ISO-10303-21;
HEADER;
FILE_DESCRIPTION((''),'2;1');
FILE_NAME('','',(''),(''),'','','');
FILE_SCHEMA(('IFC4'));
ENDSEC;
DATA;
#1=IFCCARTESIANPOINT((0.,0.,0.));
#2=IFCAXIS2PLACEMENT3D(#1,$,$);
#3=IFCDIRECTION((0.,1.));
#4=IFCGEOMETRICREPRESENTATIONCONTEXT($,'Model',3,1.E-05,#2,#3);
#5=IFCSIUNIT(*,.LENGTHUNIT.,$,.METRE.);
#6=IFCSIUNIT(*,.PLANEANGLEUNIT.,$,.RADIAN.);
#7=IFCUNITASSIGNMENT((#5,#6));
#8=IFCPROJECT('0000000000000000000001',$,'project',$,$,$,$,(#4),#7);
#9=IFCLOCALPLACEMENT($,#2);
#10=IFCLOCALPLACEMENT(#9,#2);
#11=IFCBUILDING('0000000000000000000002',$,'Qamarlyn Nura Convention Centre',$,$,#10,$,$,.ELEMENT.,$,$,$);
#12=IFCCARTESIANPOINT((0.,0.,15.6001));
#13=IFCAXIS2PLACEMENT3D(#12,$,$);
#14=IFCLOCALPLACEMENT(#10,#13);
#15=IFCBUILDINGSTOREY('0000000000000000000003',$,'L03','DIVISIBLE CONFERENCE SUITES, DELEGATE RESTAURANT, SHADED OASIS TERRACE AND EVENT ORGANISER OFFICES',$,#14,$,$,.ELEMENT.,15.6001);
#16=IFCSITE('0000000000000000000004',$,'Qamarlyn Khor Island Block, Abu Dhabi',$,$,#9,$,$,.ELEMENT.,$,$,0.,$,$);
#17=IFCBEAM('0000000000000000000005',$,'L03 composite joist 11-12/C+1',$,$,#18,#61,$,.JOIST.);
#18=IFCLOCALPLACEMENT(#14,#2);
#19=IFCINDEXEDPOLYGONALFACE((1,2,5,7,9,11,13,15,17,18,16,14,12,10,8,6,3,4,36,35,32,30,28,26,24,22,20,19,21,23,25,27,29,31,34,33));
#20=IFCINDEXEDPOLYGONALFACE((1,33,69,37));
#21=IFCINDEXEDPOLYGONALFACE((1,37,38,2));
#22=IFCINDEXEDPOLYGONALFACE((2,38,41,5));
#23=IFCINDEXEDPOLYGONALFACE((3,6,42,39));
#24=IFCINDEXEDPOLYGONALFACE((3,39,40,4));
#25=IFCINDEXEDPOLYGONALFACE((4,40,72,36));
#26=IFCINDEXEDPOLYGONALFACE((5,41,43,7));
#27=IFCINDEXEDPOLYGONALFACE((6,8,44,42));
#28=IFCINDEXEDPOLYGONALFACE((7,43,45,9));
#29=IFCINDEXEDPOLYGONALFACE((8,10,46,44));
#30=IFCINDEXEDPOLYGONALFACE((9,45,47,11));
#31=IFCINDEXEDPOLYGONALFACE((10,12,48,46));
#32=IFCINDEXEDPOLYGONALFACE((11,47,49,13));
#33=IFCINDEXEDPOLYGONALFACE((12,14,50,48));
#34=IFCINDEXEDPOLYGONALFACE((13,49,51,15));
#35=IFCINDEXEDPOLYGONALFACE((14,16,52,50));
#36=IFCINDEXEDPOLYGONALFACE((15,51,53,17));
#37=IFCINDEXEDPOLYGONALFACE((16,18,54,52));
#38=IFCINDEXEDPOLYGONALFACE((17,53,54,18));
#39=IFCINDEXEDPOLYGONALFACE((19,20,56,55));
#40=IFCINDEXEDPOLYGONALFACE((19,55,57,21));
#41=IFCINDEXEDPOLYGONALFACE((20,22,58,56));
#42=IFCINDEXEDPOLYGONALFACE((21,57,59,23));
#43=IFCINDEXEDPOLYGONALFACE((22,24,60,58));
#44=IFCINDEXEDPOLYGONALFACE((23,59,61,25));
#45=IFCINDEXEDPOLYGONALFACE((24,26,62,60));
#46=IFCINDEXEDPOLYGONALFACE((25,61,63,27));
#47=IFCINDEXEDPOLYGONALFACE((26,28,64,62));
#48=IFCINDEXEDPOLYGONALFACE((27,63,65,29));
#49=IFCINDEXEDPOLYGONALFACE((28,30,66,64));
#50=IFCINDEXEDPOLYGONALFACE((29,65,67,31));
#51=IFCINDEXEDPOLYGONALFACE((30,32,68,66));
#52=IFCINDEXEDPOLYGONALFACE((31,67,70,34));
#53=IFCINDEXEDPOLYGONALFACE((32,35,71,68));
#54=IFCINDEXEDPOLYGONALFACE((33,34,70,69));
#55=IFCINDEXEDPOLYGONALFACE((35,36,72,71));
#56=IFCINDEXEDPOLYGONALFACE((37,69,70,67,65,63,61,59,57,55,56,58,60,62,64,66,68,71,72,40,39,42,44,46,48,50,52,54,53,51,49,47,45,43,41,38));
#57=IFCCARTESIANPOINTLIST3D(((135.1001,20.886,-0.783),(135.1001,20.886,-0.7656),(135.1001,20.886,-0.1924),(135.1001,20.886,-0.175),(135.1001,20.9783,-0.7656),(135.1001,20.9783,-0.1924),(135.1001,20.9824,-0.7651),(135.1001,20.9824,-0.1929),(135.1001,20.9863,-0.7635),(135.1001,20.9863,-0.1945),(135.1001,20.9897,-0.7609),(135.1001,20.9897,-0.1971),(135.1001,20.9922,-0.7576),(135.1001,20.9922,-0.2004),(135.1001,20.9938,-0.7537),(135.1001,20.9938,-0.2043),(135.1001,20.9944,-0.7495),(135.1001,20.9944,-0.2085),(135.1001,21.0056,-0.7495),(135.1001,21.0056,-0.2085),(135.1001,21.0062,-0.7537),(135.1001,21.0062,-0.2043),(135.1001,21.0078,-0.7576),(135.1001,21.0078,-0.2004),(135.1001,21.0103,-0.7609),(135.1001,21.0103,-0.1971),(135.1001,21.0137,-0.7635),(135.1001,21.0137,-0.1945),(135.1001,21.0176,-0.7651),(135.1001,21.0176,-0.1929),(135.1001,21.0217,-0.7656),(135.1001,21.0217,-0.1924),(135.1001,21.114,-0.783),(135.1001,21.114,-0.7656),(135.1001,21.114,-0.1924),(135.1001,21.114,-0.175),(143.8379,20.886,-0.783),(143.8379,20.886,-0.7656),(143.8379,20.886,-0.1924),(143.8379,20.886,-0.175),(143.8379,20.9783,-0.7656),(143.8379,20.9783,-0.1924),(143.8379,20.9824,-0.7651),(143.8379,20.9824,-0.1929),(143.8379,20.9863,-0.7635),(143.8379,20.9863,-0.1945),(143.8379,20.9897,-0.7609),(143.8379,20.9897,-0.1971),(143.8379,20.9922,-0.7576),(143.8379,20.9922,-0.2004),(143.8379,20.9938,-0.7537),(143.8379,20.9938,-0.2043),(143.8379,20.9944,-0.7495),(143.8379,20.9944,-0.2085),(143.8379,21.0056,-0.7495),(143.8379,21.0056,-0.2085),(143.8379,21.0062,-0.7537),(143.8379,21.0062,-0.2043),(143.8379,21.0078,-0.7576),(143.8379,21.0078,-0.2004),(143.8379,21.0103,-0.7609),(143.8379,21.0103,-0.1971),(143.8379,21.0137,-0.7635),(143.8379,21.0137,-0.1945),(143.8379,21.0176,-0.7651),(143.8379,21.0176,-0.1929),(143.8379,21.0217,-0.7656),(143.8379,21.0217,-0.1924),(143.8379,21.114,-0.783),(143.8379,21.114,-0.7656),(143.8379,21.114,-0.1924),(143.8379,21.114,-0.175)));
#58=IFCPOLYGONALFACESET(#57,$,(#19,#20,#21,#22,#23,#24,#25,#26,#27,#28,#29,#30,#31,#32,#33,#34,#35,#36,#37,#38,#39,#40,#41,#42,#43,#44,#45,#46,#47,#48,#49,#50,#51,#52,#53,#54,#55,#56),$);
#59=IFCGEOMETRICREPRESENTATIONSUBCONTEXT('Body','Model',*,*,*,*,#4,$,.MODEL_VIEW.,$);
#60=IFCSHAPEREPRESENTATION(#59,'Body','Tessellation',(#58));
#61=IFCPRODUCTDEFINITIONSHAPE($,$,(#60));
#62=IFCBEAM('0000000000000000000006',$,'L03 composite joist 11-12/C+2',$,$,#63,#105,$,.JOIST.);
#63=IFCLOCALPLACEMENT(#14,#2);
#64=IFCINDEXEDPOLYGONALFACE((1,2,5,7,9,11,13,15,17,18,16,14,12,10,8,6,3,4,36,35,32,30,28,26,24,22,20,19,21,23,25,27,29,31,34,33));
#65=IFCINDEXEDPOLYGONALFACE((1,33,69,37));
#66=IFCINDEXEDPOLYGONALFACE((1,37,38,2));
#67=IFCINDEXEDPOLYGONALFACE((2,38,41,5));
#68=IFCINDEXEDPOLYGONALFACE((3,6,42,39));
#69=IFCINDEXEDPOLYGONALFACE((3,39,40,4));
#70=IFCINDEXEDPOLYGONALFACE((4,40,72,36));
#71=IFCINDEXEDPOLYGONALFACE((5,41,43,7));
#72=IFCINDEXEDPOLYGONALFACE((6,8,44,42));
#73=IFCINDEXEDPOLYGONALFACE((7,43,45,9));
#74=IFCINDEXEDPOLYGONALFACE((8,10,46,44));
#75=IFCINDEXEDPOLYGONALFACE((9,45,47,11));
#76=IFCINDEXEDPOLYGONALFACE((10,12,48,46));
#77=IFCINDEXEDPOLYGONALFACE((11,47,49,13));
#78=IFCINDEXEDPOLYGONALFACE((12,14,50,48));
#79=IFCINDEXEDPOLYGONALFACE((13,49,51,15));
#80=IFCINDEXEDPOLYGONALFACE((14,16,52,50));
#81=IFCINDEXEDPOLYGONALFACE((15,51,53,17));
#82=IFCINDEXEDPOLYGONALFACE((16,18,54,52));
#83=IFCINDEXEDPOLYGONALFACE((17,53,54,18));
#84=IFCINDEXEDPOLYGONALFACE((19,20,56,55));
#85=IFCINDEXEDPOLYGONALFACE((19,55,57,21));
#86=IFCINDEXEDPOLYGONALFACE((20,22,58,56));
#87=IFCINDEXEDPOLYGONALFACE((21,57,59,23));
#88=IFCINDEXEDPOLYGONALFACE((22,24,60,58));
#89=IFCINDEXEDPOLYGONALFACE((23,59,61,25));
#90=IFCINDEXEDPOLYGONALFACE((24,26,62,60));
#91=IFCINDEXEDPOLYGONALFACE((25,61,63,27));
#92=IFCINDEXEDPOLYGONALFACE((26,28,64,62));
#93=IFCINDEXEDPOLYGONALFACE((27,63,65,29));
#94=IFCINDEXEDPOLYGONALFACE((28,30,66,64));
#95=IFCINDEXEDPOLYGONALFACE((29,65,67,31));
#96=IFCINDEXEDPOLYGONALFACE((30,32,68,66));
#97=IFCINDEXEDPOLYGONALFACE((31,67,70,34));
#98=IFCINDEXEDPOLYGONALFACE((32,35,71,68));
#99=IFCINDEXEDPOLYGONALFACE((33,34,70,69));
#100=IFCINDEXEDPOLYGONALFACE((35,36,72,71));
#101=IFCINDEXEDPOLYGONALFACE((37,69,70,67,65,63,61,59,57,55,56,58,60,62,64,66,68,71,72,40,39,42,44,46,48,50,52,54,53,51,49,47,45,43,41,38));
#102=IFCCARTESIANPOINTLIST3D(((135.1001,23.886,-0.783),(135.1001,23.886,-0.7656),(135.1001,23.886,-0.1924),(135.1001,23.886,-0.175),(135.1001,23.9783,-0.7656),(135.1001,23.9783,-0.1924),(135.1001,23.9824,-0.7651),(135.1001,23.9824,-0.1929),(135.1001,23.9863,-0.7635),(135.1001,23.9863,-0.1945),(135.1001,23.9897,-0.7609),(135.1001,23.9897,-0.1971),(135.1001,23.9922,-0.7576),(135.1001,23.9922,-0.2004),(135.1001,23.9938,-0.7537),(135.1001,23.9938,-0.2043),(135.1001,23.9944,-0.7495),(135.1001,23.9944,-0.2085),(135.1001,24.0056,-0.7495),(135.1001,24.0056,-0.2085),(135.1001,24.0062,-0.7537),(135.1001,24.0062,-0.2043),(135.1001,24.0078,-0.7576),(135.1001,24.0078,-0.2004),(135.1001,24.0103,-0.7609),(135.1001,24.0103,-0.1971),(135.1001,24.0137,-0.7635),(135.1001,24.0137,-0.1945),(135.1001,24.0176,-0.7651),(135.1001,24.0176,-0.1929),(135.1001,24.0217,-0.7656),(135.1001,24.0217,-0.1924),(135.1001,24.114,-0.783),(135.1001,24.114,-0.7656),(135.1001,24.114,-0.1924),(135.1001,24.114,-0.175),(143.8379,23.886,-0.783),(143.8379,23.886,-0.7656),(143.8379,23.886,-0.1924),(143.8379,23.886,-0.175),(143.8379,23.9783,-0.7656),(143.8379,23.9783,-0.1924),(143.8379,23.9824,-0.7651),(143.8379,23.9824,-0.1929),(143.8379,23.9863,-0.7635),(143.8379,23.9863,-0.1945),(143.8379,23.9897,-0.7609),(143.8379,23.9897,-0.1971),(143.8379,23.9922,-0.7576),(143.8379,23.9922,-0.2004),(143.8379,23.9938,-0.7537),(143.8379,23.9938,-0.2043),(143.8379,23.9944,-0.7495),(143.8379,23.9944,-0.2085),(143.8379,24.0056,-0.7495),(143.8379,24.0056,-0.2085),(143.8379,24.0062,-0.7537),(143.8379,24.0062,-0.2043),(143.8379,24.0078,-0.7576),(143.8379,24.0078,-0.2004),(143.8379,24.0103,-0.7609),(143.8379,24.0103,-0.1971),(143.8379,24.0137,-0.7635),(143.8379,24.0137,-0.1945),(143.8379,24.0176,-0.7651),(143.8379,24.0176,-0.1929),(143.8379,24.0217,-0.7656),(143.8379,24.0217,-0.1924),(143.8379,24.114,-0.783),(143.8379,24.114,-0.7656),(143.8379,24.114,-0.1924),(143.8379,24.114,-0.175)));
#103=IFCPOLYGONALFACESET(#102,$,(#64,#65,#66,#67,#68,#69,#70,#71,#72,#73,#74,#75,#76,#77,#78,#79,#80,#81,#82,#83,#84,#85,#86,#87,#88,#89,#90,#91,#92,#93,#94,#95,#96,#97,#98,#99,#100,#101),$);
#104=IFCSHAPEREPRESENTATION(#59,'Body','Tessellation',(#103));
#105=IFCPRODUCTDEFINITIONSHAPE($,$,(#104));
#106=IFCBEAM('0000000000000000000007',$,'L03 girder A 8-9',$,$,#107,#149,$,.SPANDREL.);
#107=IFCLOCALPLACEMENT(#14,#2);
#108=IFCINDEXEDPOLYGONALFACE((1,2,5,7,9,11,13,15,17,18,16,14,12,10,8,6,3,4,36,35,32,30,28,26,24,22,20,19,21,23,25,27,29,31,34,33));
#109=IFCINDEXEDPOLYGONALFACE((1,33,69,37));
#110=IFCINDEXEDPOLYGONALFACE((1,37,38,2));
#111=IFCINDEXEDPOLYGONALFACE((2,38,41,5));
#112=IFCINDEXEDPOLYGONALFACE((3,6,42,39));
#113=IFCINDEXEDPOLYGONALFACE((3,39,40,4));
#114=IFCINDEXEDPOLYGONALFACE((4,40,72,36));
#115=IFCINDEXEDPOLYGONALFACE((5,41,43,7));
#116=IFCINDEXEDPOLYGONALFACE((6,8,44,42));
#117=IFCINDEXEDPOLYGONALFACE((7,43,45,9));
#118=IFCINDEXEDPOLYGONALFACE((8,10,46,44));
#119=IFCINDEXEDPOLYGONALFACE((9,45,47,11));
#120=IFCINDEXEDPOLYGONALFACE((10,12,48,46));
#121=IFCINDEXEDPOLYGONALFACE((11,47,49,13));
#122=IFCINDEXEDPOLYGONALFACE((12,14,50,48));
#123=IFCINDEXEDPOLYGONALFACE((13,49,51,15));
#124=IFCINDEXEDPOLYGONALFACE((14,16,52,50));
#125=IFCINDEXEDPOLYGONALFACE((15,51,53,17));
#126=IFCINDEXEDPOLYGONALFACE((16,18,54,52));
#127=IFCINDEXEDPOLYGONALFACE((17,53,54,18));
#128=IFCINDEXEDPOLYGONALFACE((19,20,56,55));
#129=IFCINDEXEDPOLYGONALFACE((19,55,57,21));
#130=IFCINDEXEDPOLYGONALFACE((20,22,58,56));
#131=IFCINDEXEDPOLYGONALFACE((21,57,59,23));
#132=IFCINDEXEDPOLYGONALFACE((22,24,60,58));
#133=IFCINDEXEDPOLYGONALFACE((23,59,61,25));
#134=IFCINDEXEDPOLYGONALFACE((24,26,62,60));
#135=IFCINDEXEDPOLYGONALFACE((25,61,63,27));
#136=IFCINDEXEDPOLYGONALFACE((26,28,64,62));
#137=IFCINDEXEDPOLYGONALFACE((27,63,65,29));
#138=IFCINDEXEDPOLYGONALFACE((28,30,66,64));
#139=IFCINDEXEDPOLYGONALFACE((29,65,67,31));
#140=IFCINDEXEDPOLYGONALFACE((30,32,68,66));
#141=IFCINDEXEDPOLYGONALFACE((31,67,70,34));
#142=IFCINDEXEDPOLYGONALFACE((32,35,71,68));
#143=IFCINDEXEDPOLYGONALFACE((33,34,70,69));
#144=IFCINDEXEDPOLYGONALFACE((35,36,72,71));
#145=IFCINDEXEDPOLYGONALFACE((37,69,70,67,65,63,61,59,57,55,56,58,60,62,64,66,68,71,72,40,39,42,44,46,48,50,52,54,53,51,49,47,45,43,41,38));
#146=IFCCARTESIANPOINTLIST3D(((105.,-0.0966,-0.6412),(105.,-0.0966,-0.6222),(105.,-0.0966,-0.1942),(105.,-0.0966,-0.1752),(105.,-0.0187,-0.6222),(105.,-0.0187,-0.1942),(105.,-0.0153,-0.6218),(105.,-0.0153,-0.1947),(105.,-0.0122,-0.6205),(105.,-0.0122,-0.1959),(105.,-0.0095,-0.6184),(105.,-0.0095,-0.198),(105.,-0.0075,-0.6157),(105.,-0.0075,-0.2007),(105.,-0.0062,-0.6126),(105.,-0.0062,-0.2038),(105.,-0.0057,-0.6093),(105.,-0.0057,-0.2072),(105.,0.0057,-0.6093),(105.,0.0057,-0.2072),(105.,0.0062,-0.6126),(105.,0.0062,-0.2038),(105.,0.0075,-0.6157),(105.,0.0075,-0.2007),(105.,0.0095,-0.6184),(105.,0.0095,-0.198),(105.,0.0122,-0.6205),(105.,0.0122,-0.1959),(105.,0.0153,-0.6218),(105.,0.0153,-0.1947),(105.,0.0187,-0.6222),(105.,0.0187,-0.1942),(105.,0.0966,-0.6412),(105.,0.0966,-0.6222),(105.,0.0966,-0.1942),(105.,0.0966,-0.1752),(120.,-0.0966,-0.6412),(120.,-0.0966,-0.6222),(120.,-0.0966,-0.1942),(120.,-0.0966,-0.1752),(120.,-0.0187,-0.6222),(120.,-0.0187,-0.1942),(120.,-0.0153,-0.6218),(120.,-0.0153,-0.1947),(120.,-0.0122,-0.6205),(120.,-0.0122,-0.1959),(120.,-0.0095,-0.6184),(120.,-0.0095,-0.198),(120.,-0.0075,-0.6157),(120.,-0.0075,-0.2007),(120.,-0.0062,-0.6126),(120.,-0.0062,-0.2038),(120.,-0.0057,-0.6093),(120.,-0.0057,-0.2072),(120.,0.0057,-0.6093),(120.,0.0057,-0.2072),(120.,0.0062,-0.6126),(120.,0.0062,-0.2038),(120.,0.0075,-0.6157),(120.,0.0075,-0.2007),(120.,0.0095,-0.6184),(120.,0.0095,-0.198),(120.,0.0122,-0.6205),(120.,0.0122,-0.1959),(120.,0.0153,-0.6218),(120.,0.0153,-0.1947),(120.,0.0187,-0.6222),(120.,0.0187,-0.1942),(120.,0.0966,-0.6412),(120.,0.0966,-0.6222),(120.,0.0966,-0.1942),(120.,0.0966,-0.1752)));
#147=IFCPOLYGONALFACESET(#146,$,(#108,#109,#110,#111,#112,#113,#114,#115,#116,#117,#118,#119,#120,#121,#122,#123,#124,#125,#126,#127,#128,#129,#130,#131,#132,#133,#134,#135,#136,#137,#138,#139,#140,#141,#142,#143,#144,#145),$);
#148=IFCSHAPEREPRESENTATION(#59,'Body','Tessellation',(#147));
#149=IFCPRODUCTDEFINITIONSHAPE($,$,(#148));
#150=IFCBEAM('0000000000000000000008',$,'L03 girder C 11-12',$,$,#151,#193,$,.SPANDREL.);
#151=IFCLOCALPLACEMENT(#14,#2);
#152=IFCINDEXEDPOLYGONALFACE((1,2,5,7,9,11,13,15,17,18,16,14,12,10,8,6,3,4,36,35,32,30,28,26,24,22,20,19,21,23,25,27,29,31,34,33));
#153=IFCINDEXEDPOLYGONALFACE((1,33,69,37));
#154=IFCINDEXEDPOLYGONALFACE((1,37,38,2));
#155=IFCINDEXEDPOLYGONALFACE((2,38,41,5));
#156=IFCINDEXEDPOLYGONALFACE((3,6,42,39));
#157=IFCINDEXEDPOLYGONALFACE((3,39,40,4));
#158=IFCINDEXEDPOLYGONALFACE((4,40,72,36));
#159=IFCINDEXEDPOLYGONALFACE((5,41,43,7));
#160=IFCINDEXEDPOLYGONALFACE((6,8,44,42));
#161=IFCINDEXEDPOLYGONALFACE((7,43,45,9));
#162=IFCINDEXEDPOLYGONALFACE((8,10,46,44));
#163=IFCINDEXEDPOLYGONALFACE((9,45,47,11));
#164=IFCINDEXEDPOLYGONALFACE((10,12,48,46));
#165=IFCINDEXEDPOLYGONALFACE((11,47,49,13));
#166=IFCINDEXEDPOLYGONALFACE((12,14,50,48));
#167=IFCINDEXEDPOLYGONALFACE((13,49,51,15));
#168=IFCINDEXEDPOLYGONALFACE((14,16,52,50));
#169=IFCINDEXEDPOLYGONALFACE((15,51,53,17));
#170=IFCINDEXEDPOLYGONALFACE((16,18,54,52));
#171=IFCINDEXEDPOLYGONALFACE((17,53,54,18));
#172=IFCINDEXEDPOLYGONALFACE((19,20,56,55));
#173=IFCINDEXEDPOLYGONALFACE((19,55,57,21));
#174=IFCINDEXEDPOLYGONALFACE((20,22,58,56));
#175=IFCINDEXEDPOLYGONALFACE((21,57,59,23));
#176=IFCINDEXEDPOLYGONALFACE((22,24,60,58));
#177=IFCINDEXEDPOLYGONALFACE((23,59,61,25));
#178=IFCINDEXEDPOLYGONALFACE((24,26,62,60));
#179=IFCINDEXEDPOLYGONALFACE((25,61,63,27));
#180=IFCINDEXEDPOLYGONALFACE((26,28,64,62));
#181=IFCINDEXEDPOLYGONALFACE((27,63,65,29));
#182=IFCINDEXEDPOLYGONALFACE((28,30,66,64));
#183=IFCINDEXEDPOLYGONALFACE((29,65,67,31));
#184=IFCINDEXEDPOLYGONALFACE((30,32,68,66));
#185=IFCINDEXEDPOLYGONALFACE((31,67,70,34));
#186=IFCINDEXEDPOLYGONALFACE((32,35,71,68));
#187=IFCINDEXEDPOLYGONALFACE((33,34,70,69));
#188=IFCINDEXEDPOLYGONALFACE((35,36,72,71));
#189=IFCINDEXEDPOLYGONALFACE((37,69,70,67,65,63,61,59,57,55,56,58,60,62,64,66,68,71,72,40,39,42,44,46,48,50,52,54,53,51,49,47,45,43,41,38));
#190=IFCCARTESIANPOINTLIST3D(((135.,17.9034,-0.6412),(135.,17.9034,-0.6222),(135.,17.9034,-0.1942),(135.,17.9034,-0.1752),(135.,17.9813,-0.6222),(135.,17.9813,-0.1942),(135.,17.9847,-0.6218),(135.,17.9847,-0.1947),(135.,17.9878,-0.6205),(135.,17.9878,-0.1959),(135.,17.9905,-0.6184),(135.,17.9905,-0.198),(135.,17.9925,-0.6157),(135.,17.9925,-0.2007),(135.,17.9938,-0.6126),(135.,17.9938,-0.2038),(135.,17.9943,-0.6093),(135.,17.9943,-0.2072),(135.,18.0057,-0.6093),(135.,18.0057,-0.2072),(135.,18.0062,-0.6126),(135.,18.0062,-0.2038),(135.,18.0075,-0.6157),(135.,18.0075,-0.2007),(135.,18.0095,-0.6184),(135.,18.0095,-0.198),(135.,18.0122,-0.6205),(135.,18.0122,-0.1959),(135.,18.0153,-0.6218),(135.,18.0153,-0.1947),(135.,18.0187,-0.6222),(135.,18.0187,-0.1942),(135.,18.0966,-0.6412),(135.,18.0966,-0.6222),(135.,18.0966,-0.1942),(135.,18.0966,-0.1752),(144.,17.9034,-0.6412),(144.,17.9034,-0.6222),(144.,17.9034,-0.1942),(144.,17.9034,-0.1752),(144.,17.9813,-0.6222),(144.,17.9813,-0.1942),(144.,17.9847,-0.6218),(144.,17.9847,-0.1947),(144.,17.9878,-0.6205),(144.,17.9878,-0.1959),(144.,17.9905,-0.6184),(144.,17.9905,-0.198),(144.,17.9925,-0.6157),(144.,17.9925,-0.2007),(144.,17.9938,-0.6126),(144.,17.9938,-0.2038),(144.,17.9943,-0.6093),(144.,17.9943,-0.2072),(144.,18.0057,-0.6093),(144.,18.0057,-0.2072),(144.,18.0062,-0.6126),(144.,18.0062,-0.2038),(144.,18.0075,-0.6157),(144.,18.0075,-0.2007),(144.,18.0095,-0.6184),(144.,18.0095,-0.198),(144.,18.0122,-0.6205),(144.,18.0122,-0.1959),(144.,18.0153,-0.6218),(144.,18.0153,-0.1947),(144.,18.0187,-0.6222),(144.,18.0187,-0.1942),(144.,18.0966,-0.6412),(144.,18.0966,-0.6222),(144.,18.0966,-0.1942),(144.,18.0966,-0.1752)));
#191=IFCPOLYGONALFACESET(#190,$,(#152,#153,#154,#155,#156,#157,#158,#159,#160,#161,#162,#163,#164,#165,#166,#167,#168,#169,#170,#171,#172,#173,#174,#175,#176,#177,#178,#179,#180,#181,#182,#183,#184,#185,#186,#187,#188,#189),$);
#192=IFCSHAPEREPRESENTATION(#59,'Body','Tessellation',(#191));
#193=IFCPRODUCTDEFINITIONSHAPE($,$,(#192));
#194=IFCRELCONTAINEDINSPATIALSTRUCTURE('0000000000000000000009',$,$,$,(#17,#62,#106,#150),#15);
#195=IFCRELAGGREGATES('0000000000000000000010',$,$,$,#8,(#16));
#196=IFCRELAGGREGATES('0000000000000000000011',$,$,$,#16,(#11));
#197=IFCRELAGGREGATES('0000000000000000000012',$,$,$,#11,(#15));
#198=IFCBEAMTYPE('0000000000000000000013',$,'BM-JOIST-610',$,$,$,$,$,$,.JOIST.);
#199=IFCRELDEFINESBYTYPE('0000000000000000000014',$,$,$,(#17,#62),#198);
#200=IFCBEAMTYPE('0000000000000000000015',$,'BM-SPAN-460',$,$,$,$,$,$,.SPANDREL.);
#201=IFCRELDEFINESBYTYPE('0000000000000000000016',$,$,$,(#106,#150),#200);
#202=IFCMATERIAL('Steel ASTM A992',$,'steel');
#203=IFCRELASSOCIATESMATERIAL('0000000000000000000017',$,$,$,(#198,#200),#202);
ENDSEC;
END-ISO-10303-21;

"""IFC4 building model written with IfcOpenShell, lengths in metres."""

from ifc_helpers import new_model, si_unit, direction, frame, origin, origin_2d, place, context, subcontext, project, spatial, i_section, extrude, material, material_profile, profile_set, type_object, element, save


model = new_model("IFC4")

# Units and contexts
model_context = context("Model", 3, precision=1e-05, world=origin(), true_north=direction((0.0, 1.0)))
body_context = subcontext(model_context, "Body", "Model", "MODEL_VIEW")
ifc_project = project(units=[si_unit("LENGTHUNIT", "METRE"), si_unit("PLANEANGLEUNIT", "RADIAN")], contexts=[model_context])

# Site, building, storey
site_placement = place(None, origin())
site = spatial("IfcSite", under=ifc_project, at=site_placement, Name="Qamarlyn Khor Island Block, Abu Dhabi", CompositionType="ELEMENT", RefElevation=0.0)
building_placement = place(site_placement, origin())
building = spatial("IfcBuilding", under=site, at=building_placement, Name="Qamarlyn Nura Convention Centre", CompositionType="ELEMENT")
storey_placement = place(building_placement, frame((0.0, 0.0, 15.6001)))
storey = spatial("IfcBuildingStorey", under=building, at=storey_placement, Name="L03", Description="DIVISIBLE CONFERENCE SUITES, DELEGATE RESTAURANT, SHADED OASIS TERRACE AND EVENT ORGANISER OFFICES", CompositionType="ELEMENT", Elevation=15.6001)

# Beams
ifc_material_1 = material(Name="Steel ASTM A992", Category="steel")
ifc_material_profile_1 = material_profile(ifc_material_1, i_section(OverallWidth=0.228, OverallDepth=0.6079, WebThickness=0.0112, FlangeThickness=0.0173, FilletRadius=0.0161, at=origin_2d()), Name="W610X113")
ifc_profile_set_1 = profile_set([ifc_material_profile_1], Name="Steel ASTM A992")
beam_type_1 = type_object("IfcBeamType", Name="BM-JOIST-610", PredefinedType="JOIST", material=ifc_profile_set_1)
for number, where, z_axis, x_axis, name in (
    (1, (135.1001, 21.0, -0.479), (1.0, 0.0, 0.0), (0.0, 1.0, 0.0), "L03 composite joist 11-12/C+1"),
    (2, (135.1001, 24.0, -0.479), (1.0, 0.0, 0.0), (0.0, 1.0, 0.0), "L03 composite joist 11-12/C+2"),
):
    element("IfcBeam", number, at=place(storey_placement, frame(where, z_axis=z_axis, x_axis=x_axis)), inside=storey, type_object=beam_type_1, Name=name, PredefinedType="JOIST", context=body_context, shape_type="SweptSolid", body=[
        extrude(i_section(OverallWidth=0.228, OverallDepth=0.6079, WebThickness=0.0112, FlangeThickness=0.0173, FilletRadius=0.0161, at=origin_2d()), origin(), (0.0, 0.0, 1.0), 8.7378),
    ])
ifc_material_profile_2 = material_profile(ifc_material_1, i_section(OverallWidth=0.1931, OverallDepth=0.4661, WebThickness=0.0115, FlangeThickness=0.019, FilletRadius=0.0129, at=origin_2d()), Name="W460X97")
ifc_profile_set_2 = profile_set([ifc_material_profile_2], Name="Steel ASTM A992")
beam_type_2 = type_object("IfcBeamType", Name="BM-SPAN-460", PredefinedType="SPANDREL", material=ifc_profile_set_2)
beam_1_placement = place(storey_placement, frame((105.0, 0.0, -0.4082), z_axis=(1.0, 0.0, 0.0), x_axis=(0.0, 1.0, 0.0)))
element("IfcBeam", 3, at=beam_1_placement, inside=storey, type_object=beam_type_2, Name="L03 girder A 8-9", PredefinedType="SPANDREL", context=body_context, shape_type="SweptSolid", body=[
    extrude(i_section(OverallWidth=0.1931, OverallDepth=0.4661, WebThickness=0.0115, FlangeThickness=0.019, FilletRadius=0.0129, at=origin_2d()), origin(), (0.0, 0.0, 1.0), 15.0),
])
for number, where, z_axis, x_axis, name in (
    (4, (135.0, 18.0, -0.4082), (1.0, 0.0, 0.0), (0.0, 1.0, 0.0), "L03 girder C 11-12"),
):
    element("IfcBeam", number, at=place(storey_placement, frame(where, z_axis=z_axis, x_axis=x_axis)), inside=storey, type_object=beam_type_2, Name=name, PredefinedType="SPANDREL", context=body_context, shape_type="SweptSolid", body=[
        extrude(i_section(OverallWidth=0.1931, OverallDepth=0.4661, WebThickness=0.0115, FlangeThickness=0.019, FilletRadius=0.0129, at=origin_2d()), origin(), (0.0, 0.0, 1.0), 9.0),
    ])

save(model, "model.ifc")
